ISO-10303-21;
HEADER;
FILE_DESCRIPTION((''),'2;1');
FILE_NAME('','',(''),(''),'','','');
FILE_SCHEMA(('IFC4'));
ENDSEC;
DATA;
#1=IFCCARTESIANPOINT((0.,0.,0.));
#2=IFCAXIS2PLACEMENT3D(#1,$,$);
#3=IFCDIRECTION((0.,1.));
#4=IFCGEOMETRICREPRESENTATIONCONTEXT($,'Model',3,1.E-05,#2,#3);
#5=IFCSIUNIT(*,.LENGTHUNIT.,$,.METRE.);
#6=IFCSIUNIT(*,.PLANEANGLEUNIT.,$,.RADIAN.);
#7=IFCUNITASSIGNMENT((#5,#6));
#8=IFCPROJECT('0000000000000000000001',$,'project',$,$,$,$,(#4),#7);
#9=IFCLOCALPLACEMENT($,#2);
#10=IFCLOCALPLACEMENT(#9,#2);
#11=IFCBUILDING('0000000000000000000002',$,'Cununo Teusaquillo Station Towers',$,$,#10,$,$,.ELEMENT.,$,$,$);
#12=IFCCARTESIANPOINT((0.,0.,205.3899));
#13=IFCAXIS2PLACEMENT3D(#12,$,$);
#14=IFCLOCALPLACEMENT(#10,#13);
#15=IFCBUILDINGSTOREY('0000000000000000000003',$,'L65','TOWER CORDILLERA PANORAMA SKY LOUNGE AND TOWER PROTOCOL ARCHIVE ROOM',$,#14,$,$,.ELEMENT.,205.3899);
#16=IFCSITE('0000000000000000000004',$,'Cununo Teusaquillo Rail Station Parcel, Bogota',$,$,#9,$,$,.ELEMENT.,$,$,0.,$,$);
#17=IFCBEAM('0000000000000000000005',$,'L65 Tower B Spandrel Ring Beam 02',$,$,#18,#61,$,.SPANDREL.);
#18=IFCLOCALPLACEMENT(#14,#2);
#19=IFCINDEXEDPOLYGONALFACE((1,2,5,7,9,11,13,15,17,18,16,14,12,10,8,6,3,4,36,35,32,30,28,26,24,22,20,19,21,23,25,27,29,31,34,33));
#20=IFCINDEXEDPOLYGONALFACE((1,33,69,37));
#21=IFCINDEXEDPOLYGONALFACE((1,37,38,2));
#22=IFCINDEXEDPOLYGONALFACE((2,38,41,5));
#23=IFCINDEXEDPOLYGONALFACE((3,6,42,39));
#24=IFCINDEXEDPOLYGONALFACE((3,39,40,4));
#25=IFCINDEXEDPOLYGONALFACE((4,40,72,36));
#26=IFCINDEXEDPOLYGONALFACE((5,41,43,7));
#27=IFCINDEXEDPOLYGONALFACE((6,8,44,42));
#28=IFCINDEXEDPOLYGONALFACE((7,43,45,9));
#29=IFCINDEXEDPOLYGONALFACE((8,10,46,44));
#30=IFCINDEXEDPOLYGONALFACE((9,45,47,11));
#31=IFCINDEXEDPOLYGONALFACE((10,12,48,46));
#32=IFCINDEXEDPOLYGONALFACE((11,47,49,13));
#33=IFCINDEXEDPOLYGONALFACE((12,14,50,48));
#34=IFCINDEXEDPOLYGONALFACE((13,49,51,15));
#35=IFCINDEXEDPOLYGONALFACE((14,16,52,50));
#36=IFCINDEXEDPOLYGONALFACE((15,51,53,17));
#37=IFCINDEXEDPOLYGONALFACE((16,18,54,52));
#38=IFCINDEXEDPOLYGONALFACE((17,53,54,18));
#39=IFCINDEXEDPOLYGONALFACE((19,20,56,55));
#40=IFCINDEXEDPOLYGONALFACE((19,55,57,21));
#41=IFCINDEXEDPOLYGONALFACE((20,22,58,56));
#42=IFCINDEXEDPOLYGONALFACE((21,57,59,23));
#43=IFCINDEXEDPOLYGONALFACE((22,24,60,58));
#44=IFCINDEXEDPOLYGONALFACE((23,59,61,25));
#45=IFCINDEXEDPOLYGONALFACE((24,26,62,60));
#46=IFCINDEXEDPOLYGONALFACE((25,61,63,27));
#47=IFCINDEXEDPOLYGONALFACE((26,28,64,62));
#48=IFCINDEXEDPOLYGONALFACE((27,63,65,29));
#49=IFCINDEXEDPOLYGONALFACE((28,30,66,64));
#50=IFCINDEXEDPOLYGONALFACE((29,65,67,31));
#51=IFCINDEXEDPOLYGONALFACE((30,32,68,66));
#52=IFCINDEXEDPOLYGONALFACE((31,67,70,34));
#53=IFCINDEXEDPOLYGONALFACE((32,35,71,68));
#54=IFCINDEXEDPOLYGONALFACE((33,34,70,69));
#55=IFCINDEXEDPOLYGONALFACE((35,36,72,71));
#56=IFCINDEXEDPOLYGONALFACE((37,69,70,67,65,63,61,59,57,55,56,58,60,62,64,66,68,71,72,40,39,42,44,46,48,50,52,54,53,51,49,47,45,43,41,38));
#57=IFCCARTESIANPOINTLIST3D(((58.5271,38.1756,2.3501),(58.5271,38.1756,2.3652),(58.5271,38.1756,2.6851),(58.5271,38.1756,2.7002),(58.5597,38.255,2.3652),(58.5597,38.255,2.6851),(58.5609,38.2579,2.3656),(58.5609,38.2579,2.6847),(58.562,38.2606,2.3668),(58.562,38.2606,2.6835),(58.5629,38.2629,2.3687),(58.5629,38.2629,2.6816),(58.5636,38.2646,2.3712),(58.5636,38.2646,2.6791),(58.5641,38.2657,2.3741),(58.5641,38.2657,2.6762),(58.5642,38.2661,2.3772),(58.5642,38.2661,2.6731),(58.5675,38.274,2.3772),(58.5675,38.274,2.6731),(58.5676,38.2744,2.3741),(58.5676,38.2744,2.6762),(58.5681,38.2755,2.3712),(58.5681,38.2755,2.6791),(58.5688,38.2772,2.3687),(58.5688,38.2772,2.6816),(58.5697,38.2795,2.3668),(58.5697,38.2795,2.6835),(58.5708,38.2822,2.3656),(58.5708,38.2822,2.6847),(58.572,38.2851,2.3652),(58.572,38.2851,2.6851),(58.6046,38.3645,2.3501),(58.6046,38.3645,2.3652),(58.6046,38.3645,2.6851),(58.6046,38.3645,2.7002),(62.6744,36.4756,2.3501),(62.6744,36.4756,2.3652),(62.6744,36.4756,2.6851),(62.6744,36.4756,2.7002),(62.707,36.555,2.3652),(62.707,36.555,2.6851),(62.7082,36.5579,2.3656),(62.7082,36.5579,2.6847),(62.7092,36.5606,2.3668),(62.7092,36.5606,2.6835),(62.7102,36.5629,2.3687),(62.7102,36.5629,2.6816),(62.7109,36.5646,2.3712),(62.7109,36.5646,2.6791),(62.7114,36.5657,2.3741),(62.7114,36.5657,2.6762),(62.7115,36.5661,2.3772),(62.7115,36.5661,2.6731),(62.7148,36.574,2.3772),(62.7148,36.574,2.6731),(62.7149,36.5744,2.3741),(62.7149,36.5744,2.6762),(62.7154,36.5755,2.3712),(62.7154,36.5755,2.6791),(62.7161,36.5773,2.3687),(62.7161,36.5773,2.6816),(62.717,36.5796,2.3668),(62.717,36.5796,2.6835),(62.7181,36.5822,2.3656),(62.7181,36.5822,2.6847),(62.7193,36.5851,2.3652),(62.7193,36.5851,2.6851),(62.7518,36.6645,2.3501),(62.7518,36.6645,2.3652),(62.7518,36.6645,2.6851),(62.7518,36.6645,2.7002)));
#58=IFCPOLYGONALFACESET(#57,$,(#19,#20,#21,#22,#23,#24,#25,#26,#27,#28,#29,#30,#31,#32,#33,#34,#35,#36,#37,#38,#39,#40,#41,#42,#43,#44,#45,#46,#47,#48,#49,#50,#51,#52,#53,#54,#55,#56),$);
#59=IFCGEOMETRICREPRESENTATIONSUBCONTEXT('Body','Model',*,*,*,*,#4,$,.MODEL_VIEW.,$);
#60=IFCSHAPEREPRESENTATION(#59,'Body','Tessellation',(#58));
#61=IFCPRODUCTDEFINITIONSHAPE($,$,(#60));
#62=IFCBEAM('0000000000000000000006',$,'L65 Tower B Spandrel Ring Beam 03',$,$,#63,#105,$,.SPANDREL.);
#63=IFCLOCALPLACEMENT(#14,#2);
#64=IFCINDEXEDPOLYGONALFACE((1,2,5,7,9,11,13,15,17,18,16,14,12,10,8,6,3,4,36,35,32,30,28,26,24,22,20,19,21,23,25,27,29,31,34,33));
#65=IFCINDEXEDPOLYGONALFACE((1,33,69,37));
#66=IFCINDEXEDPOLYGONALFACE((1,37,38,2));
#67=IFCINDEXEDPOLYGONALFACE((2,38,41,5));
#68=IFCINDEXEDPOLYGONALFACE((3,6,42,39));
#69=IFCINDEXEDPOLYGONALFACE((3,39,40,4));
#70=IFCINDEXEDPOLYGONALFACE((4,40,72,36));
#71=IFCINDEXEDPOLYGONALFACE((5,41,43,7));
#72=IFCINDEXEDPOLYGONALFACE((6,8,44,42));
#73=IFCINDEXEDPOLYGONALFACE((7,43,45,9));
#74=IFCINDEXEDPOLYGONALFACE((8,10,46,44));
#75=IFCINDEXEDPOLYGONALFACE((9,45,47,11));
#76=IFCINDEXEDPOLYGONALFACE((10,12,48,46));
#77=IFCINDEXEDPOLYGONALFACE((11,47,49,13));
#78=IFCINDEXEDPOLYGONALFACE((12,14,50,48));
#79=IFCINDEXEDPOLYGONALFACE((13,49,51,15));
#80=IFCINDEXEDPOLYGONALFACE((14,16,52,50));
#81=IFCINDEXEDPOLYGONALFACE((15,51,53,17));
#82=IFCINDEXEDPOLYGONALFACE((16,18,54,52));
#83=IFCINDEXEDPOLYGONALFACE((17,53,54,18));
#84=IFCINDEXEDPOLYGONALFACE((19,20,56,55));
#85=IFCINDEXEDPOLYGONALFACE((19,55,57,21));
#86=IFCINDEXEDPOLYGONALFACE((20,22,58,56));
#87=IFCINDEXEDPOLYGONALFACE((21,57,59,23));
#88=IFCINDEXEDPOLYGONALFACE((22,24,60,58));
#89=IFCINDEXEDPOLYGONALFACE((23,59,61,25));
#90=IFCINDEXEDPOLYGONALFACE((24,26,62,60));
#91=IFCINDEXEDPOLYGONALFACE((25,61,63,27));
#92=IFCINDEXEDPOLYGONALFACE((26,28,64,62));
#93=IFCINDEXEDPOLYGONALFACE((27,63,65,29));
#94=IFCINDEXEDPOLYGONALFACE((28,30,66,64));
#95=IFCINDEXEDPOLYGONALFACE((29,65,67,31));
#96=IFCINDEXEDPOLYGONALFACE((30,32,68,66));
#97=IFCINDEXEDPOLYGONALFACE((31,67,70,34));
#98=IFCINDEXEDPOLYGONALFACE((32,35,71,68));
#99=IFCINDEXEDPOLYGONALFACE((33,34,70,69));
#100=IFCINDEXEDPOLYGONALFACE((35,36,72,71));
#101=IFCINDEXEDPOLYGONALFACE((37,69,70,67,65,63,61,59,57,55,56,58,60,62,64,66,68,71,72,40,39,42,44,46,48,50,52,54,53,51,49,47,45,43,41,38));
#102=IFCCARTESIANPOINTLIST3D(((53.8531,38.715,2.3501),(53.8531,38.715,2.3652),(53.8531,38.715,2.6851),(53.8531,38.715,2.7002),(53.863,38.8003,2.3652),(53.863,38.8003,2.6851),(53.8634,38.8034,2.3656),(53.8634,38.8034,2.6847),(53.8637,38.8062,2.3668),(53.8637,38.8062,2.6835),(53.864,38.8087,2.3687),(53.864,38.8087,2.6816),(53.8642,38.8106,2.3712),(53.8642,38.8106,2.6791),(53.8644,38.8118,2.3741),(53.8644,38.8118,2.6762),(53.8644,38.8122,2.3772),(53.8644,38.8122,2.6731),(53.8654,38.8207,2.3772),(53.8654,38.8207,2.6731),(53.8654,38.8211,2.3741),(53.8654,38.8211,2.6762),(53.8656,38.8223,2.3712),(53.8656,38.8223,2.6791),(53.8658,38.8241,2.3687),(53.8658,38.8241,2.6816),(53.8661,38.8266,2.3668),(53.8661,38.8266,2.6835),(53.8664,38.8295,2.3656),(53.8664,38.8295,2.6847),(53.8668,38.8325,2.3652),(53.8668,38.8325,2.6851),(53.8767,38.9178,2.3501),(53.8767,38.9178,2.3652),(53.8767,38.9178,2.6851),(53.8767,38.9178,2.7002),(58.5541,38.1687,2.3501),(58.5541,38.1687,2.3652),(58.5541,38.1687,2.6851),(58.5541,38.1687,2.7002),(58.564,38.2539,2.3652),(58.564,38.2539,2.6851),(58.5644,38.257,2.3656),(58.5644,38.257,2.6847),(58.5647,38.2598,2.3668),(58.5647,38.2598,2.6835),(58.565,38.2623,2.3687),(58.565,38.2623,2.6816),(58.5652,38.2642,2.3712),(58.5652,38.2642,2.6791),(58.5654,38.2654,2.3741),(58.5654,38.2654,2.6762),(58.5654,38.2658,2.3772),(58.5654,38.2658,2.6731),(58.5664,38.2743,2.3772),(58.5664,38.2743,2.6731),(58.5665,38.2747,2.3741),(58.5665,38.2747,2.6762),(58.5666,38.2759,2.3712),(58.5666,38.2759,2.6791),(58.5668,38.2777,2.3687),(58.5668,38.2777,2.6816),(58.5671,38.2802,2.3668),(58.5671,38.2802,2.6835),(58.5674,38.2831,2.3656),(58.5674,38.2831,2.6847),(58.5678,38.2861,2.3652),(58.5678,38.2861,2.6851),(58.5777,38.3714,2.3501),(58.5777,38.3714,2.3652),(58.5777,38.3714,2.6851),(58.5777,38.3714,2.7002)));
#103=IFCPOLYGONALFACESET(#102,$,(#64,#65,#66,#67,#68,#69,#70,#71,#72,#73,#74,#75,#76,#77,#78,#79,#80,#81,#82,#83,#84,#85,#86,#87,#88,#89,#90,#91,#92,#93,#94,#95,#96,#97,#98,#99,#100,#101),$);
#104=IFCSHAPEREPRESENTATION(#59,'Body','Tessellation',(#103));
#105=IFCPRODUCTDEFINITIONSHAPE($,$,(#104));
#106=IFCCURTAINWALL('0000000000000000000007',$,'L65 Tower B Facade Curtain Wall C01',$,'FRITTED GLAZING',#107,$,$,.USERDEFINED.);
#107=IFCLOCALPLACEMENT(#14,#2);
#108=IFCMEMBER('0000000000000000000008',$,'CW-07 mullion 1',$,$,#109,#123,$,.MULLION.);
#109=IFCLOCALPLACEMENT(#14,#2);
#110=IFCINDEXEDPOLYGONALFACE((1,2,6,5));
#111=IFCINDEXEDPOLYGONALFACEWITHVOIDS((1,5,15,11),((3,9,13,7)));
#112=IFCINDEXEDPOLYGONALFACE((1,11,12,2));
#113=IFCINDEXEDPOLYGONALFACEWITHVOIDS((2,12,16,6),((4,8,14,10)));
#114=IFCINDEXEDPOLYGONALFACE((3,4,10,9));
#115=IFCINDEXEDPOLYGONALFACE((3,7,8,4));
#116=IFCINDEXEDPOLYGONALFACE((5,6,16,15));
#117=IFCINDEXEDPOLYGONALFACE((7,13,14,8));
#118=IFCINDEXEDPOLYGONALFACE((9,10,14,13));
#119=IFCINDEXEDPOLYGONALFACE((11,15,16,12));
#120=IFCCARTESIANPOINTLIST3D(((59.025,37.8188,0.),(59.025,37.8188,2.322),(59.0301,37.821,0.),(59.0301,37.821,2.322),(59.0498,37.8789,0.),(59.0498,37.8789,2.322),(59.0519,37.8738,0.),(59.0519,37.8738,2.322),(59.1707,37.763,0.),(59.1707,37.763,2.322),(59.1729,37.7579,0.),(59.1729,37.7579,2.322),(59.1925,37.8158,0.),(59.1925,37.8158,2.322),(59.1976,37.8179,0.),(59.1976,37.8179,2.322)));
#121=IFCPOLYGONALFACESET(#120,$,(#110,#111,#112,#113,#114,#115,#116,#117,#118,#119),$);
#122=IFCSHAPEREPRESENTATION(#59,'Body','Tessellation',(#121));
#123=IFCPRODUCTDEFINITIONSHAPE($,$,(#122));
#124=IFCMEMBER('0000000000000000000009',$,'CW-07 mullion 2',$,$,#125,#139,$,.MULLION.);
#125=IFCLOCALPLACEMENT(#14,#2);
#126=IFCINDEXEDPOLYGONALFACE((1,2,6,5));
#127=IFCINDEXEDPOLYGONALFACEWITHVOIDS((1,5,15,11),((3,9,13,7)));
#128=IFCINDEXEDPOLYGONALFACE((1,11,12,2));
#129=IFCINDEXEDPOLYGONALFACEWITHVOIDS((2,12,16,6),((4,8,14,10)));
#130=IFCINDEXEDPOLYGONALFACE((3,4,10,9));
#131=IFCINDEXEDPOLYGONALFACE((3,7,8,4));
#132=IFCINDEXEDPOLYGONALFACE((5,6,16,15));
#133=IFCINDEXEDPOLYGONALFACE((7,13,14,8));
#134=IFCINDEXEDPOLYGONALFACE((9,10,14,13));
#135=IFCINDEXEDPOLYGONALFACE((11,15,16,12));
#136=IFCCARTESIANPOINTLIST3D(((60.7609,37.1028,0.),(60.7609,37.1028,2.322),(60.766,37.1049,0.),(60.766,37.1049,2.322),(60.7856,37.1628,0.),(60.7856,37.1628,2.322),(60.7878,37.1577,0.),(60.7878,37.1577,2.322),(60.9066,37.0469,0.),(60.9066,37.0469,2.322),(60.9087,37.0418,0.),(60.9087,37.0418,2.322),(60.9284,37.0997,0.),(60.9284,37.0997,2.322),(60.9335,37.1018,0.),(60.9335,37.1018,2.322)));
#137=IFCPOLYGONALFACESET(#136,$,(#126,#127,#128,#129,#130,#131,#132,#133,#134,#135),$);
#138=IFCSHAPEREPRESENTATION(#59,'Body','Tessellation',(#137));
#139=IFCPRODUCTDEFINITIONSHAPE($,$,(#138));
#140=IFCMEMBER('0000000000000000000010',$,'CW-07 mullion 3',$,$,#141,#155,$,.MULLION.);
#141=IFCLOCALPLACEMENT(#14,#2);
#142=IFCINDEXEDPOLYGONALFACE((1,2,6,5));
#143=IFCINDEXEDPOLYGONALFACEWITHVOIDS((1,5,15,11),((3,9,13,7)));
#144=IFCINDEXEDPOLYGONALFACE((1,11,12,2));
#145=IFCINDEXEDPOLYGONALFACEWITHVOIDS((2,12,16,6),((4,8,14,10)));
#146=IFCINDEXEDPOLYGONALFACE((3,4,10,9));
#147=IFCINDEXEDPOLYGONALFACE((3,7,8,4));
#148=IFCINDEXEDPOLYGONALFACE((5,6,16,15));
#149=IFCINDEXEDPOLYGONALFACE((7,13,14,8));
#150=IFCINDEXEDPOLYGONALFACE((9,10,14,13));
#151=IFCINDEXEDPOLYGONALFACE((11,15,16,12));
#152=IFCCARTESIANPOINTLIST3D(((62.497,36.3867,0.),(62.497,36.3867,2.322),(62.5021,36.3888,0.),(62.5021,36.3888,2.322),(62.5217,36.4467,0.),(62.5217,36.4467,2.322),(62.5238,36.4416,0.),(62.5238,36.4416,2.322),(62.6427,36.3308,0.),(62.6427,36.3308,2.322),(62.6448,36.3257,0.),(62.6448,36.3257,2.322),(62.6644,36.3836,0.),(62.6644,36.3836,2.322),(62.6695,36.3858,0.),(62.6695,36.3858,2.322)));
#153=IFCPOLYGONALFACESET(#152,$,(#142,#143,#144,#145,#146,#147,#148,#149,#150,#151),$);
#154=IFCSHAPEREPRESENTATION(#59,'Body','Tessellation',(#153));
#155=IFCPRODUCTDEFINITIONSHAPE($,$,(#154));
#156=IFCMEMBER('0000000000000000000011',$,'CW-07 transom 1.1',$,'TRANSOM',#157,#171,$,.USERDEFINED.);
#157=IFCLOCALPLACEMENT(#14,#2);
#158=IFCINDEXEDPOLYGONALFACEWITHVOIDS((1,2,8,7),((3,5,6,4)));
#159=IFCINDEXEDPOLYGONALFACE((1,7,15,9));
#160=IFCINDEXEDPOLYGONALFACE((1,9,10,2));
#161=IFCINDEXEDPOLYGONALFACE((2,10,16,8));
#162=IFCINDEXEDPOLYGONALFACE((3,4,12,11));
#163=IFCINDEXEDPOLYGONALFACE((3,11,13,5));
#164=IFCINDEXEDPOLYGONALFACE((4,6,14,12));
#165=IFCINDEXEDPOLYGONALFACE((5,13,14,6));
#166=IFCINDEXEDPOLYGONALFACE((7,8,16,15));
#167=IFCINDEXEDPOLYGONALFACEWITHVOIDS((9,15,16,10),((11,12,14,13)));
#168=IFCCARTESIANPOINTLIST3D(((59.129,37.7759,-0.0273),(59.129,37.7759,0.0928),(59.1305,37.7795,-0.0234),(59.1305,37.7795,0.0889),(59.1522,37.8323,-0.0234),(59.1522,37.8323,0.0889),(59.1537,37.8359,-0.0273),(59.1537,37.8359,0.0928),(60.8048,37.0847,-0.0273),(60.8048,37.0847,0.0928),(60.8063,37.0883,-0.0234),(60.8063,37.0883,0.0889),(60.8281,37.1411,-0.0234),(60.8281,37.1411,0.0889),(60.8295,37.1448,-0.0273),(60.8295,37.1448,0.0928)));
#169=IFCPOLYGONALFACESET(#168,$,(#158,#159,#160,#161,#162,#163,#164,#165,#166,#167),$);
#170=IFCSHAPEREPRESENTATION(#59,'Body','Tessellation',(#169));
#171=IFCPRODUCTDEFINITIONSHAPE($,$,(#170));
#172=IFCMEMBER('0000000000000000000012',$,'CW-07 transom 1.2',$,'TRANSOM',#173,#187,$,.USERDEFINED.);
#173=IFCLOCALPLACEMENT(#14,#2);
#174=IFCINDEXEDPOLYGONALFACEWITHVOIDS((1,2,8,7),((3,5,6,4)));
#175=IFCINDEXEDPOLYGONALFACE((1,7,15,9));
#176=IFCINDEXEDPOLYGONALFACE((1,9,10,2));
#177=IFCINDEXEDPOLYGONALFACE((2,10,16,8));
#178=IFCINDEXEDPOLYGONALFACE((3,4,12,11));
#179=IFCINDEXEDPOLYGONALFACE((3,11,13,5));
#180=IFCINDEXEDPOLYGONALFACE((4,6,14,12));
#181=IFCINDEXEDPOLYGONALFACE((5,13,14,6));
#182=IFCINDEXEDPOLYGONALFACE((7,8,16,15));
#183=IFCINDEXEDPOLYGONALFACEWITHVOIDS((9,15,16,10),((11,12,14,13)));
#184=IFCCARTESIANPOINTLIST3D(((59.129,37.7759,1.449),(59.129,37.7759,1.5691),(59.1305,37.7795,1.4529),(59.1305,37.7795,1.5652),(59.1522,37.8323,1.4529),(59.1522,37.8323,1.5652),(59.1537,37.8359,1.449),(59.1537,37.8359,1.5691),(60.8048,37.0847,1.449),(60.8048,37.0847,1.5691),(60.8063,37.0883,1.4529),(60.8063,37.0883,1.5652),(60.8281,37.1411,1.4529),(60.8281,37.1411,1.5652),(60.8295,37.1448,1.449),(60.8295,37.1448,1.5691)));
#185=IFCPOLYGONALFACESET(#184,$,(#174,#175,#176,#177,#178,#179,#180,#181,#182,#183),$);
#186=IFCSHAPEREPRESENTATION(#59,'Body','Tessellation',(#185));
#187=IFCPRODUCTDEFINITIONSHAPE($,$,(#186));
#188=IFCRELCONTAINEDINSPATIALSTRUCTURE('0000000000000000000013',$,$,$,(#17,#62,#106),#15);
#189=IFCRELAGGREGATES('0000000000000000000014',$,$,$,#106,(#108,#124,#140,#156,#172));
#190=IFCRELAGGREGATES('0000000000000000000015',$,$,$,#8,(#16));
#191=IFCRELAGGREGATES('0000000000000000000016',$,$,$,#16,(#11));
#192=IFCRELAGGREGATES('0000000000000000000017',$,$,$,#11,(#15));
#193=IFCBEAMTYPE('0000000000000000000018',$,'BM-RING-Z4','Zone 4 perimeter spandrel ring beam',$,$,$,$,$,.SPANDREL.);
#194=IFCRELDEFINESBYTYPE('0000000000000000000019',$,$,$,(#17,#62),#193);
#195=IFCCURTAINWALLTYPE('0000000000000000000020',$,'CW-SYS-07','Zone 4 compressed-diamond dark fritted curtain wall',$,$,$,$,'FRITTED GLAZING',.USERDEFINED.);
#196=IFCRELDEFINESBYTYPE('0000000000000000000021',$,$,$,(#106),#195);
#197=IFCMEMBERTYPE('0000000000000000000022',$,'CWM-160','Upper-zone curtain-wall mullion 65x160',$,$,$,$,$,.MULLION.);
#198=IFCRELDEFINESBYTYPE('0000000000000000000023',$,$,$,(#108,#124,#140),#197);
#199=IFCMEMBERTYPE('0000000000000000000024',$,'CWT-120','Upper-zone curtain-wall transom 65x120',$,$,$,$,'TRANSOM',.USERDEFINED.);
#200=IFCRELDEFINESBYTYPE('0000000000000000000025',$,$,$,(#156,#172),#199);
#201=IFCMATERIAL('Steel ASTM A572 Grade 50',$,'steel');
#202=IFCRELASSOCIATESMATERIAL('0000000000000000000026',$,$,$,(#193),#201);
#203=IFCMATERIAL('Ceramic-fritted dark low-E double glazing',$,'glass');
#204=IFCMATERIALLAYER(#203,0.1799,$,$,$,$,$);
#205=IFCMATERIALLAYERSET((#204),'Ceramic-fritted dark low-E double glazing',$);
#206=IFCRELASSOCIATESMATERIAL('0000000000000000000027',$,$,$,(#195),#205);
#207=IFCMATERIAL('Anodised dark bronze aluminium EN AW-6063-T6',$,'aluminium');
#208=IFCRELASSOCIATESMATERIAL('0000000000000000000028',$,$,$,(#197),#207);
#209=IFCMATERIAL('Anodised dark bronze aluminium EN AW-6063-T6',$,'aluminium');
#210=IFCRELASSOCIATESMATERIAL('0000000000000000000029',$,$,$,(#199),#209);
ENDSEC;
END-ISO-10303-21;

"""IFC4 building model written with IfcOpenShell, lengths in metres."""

from ifc_helpers import new_model, si_unit, direction, frame, origin, origin_2d, place, context, subcontext, project, spatial, hollow_rectangle, i_section, extrude, material, layer, layer_set, material_profile, profile_set, type_object, element, aggregate, save


model = new_model("IFC4")

# Units and contexts
model_context = context("Model", 3, precision=1e-05, world=origin(), true_north=direction((0.0, 1.0)))
body_context = subcontext(model_context, "Body", "Model", "MODEL_VIEW")
ifc_project = project(units=[si_unit("LENGTHUNIT", "METRE"), si_unit("PLANEANGLEUNIT", "RADIAN")], contexts=[model_context])

# Site, building, storey
site_placement = place(None, origin())
site = spatial("IfcSite", under=ifc_project, at=site_placement, Name="Cununo Teusaquillo Rail Station Parcel, Bogota", CompositionType="ELEMENT", RefElevation=0.0)
building_placement = place(site_placement, origin())
building = spatial("IfcBuilding", under=site, at=building_placement, Name="Cununo Teusaquillo Station Towers", CompositionType="ELEMENT")
storey_placement = place(building_placement, frame((0.0, 0.0, 205.3899)))
storey = spatial("IfcBuildingStorey", under=building, at=storey_placement, Name="L65", Description="TOWER CORDILLERA PANORAMA SKY LOUNGE AND TOWER PROTOCOL ARCHIVE ROOM", CompositionType="ELEMENT", Elevation=205.3899)

# Beams
ifc_material_1 = material(Name="Steel ASTM A572 Grade 50", Category="steel")
ifc_material_profile_1 = material_profile(ifc_material_1, i_section(OverallWidth=0.2041, OverallDepth=0.3501, WebThickness=0.0085, FlangeThickness=0.0151, FilletRadius=0.012, at=origin_2d()), Name="W14X48")
ifc_profile_set_1 = profile_set([ifc_material_profile_1], Name="Steel ASTM A572 Grade 50")
beam_type_1 = type_object("IfcBeamType", Name="BM-RING-Z4", Description="Zone 4 perimeter spandrel ring beam", PredefinedType="SPANDREL", material=ifc_profile_set_1)
beam_1_placement = place(storey_placement, frame((62.7131, 36.5701, 2.5251), z_axis=(-0.925284, 0.379275, 0.0), x_axis=(-0.379275, -0.925284, 0.0)))
element("IfcBeam", 1, at=beam_1_placement, inside=storey, type_object=beam_type_1, Name="L65 Tower B Spandrel Ring Beam 02", PredefinedType="SPANDREL", context=body_context, shape_type="SweptSolid", body=[
    extrude(i_section(OverallWidth=0.2041, OverallDepth=0.3501, WebThickness=0.0085, FlangeThickness=0.0151, FilletRadius=0.012, at=origin_2d()), origin(), (0.0, 0.0, 1.0), 4.4822),
])
beam_2_placement = place(storey_placement, frame((58.5659, 38.27, 2.5251), z_axis=(-0.993313, 0.115452, 0.0), x_axis=(-0.115452, -0.993313, 0.0)))
element("IfcBeam", 2, at=beam_2_placement, inside=storey, type_object=beam_type_1, Name="L65 Tower B Spandrel Ring Beam 03", PredefinedType="SPANDREL", context=body_context, shape_type="SweptSolid", body=[
    extrude(i_section(OverallWidth=0.2041, OverallDepth=0.3501, WebThickness=0.0085, FlangeThickness=0.0151, FilletRadius=0.012, at=origin_2d()), origin(), (0.0, 0.0, 1.0), 4.7327),
])

# Curtain wall, members
ifc_material_2 = material(Name="Ceramic-fritted dark low-E double glazing", Category="glass")
ifc_layer_1 = layer(ifc_material_2, 0.1799)
ifc_layer_set_1 = layer_set([ifc_layer_1], Name="Ceramic-fritted dark low-E double glazing")
curtain_wall_type = type_object("IfcCurtainWallType", Name="CW-SYS-07", Description="Zone 4 compressed-diamond dark fritted curtain wall", ElementType="FRITTED GLAZING", PredefinedType="USERDEFINED", material=ifc_layer_set_1)
curtain_wall_placement = place(storey_placement, origin())
curtain_wall = element("IfcCurtainWall", 3, at=curtain_wall_placement, inside=storey, type_object=curtain_wall_type, Name="L65 Tower B Facade Curtain Wall C01", ObjectType="FRITTED GLAZING", PredefinedType="USERDEFINED")
ifc_material_3 = material(Name="Anodised dark bronze aluminium EN AW-6063-T6", Category="aluminium")
ifc_material_profile_2 = material_profile(ifc_material_3, hollow_rectangle(XDim=0.0649, YDim=0.1599, WallThickness=0.0039, at=origin_2d()), Name="CW-MULL-65x160")
ifc_profile_set_2 = profile_set([ifc_material_profile_2], Name="Anodised dark bronze aluminium EN AW-6063-T6")
member_type_1 = type_object("IfcMemberType", Name="CWM-160", Description="Upper-zone curtain-wall mullion 65x160", PredefinedType="MULLION", material=ifc_profile_set_2)
member_1_placement = place(storey_placement, frame((59.1113, 37.8184, 0.0), z_axis=(0.0, 0.0, 1.0), x_axis=(0.381311, 0.924447, 0.0)))
member_1 = element("IfcMember", 4, at=member_1_placement, type_object=member_type_1, Name="CW-07 mullion 1", PredefinedType="MULLION", context=body_context, shape_type="SweptSolid", body=[
    extrude(hollow_rectangle(XDim=0.0649, YDim=0.1599, WallThickness=0.0039, at=origin_2d()), origin(), (0.0, 0.0, 1.0), 2.322),
])
member_2_placement = place(storey_placement, frame((60.8472, 37.1023, 0.0), z_axis=(0.0, 0.0, 1.0), x_axis=(0.381311, 0.924447, 0.0)))
member_2 = element("IfcMember", 5, at=member_2_placement, type_object=member_type_1, Name="CW-07 mullion 2", PredefinedType="MULLION", context=body_context, shape_type="SweptSolid", body=[
    extrude(hollow_rectangle(XDim=0.0649, YDim=0.1599, WallThickness=0.0039, at=origin_2d()), origin(), (0.0, 0.0, 1.0), 2.322),
])
member_3_placement = place(storey_placement, frame((62.5833, 36.3862, 0.0), z_axis=(0.0, 0.0, 1.0), x_axis=(0.381311, 0.924447, 0.0)))
member_3 = element("IfcMember", 6, at=member_3_placement, type_object=member_type_1, Name="CW-07 mullion 3", PredefinedType="MULLION", context=body_context, shape_type="SweptSolid", body=[
    extrude(hollow_rectangle(XDim=0.0649, YDim=0.1599, WallThickness=0.0039, at=origin_2d()), origin(), (0.0, 0.0, 1.0), 2.322),
])
ifc_material_4 = material(Name="Anodised dark bronze aluminium EN AW-6063-T6", Category="aluminium")
ifc_material_profile_3 = material_profile(ifc_material_4, hollow_rectangle(XDim=0.0649, YDim=0.1201, WallThickness=0.0039, at=origin_2d()), Name="CW-TRAN-65x120")
ifc_profile_set_3 = profile_set([ifc_material_profile_3], Name="Anodised dark bronze aluminium EN AW-6063-T6")
member_type_2 = type_object("IfcMemberType", Name="CWT-120", Description="Upper-zone curtain-wall transom 65x120", ElementType="TRANSOM", PredefinedType="USERDEFINED", material=ifc_profile_set_3)
member_4_placement = place(storey_placement, frame((59.1414, 37.8059, 0.0327), z_axis=(0.924458, -0.381285, 0.0), x_axis=(0.381285, 0.924458, 0.0)))
member_4 = element("IfcMember", 7, at=member_4_placement, type_object=member_type_2, Name="CW-07 transom 1.1", ObjectType="TRANSOM", PredefinedType="USERDEFINED", context=body_context, shape_type="SweptSolid", body=[
    extrude(hollow_rectangle(XDim=0.0649, YDim=0.1201, WallThickness=0.0039, at=origin_2d()), origin(), (0.0, 0.0, 1.0), 1.8127),
])
member_5_placement = place(storey_placement, frame((59.1414, 37.8059, 1.509), z_axis=(0.924458, -0.381285, 0.0), x_axis=(0.381285, 0.924458, 0.0)))
member_5 = element("IfcMember", 8, at=member_5_placement, type_object=member_type_2, Name="CW-07 transom 1.2", ObjectType="TRANSOM", PredefinedType="USERDEFINED", context=body_context, shape_type="SweptSolid", body=[
    extrude(hollow_rectangle(XDim=0.0649, YDim=0.1201, WallThickness=0.0039, at=origin_2d()), origin(), (0.0, 0.0, 1.0), 1.8127),
])

aggregate(curtain_wall, [member_1, member_2, member_3, member_4, member_5])

save(model, "model.ifc")
